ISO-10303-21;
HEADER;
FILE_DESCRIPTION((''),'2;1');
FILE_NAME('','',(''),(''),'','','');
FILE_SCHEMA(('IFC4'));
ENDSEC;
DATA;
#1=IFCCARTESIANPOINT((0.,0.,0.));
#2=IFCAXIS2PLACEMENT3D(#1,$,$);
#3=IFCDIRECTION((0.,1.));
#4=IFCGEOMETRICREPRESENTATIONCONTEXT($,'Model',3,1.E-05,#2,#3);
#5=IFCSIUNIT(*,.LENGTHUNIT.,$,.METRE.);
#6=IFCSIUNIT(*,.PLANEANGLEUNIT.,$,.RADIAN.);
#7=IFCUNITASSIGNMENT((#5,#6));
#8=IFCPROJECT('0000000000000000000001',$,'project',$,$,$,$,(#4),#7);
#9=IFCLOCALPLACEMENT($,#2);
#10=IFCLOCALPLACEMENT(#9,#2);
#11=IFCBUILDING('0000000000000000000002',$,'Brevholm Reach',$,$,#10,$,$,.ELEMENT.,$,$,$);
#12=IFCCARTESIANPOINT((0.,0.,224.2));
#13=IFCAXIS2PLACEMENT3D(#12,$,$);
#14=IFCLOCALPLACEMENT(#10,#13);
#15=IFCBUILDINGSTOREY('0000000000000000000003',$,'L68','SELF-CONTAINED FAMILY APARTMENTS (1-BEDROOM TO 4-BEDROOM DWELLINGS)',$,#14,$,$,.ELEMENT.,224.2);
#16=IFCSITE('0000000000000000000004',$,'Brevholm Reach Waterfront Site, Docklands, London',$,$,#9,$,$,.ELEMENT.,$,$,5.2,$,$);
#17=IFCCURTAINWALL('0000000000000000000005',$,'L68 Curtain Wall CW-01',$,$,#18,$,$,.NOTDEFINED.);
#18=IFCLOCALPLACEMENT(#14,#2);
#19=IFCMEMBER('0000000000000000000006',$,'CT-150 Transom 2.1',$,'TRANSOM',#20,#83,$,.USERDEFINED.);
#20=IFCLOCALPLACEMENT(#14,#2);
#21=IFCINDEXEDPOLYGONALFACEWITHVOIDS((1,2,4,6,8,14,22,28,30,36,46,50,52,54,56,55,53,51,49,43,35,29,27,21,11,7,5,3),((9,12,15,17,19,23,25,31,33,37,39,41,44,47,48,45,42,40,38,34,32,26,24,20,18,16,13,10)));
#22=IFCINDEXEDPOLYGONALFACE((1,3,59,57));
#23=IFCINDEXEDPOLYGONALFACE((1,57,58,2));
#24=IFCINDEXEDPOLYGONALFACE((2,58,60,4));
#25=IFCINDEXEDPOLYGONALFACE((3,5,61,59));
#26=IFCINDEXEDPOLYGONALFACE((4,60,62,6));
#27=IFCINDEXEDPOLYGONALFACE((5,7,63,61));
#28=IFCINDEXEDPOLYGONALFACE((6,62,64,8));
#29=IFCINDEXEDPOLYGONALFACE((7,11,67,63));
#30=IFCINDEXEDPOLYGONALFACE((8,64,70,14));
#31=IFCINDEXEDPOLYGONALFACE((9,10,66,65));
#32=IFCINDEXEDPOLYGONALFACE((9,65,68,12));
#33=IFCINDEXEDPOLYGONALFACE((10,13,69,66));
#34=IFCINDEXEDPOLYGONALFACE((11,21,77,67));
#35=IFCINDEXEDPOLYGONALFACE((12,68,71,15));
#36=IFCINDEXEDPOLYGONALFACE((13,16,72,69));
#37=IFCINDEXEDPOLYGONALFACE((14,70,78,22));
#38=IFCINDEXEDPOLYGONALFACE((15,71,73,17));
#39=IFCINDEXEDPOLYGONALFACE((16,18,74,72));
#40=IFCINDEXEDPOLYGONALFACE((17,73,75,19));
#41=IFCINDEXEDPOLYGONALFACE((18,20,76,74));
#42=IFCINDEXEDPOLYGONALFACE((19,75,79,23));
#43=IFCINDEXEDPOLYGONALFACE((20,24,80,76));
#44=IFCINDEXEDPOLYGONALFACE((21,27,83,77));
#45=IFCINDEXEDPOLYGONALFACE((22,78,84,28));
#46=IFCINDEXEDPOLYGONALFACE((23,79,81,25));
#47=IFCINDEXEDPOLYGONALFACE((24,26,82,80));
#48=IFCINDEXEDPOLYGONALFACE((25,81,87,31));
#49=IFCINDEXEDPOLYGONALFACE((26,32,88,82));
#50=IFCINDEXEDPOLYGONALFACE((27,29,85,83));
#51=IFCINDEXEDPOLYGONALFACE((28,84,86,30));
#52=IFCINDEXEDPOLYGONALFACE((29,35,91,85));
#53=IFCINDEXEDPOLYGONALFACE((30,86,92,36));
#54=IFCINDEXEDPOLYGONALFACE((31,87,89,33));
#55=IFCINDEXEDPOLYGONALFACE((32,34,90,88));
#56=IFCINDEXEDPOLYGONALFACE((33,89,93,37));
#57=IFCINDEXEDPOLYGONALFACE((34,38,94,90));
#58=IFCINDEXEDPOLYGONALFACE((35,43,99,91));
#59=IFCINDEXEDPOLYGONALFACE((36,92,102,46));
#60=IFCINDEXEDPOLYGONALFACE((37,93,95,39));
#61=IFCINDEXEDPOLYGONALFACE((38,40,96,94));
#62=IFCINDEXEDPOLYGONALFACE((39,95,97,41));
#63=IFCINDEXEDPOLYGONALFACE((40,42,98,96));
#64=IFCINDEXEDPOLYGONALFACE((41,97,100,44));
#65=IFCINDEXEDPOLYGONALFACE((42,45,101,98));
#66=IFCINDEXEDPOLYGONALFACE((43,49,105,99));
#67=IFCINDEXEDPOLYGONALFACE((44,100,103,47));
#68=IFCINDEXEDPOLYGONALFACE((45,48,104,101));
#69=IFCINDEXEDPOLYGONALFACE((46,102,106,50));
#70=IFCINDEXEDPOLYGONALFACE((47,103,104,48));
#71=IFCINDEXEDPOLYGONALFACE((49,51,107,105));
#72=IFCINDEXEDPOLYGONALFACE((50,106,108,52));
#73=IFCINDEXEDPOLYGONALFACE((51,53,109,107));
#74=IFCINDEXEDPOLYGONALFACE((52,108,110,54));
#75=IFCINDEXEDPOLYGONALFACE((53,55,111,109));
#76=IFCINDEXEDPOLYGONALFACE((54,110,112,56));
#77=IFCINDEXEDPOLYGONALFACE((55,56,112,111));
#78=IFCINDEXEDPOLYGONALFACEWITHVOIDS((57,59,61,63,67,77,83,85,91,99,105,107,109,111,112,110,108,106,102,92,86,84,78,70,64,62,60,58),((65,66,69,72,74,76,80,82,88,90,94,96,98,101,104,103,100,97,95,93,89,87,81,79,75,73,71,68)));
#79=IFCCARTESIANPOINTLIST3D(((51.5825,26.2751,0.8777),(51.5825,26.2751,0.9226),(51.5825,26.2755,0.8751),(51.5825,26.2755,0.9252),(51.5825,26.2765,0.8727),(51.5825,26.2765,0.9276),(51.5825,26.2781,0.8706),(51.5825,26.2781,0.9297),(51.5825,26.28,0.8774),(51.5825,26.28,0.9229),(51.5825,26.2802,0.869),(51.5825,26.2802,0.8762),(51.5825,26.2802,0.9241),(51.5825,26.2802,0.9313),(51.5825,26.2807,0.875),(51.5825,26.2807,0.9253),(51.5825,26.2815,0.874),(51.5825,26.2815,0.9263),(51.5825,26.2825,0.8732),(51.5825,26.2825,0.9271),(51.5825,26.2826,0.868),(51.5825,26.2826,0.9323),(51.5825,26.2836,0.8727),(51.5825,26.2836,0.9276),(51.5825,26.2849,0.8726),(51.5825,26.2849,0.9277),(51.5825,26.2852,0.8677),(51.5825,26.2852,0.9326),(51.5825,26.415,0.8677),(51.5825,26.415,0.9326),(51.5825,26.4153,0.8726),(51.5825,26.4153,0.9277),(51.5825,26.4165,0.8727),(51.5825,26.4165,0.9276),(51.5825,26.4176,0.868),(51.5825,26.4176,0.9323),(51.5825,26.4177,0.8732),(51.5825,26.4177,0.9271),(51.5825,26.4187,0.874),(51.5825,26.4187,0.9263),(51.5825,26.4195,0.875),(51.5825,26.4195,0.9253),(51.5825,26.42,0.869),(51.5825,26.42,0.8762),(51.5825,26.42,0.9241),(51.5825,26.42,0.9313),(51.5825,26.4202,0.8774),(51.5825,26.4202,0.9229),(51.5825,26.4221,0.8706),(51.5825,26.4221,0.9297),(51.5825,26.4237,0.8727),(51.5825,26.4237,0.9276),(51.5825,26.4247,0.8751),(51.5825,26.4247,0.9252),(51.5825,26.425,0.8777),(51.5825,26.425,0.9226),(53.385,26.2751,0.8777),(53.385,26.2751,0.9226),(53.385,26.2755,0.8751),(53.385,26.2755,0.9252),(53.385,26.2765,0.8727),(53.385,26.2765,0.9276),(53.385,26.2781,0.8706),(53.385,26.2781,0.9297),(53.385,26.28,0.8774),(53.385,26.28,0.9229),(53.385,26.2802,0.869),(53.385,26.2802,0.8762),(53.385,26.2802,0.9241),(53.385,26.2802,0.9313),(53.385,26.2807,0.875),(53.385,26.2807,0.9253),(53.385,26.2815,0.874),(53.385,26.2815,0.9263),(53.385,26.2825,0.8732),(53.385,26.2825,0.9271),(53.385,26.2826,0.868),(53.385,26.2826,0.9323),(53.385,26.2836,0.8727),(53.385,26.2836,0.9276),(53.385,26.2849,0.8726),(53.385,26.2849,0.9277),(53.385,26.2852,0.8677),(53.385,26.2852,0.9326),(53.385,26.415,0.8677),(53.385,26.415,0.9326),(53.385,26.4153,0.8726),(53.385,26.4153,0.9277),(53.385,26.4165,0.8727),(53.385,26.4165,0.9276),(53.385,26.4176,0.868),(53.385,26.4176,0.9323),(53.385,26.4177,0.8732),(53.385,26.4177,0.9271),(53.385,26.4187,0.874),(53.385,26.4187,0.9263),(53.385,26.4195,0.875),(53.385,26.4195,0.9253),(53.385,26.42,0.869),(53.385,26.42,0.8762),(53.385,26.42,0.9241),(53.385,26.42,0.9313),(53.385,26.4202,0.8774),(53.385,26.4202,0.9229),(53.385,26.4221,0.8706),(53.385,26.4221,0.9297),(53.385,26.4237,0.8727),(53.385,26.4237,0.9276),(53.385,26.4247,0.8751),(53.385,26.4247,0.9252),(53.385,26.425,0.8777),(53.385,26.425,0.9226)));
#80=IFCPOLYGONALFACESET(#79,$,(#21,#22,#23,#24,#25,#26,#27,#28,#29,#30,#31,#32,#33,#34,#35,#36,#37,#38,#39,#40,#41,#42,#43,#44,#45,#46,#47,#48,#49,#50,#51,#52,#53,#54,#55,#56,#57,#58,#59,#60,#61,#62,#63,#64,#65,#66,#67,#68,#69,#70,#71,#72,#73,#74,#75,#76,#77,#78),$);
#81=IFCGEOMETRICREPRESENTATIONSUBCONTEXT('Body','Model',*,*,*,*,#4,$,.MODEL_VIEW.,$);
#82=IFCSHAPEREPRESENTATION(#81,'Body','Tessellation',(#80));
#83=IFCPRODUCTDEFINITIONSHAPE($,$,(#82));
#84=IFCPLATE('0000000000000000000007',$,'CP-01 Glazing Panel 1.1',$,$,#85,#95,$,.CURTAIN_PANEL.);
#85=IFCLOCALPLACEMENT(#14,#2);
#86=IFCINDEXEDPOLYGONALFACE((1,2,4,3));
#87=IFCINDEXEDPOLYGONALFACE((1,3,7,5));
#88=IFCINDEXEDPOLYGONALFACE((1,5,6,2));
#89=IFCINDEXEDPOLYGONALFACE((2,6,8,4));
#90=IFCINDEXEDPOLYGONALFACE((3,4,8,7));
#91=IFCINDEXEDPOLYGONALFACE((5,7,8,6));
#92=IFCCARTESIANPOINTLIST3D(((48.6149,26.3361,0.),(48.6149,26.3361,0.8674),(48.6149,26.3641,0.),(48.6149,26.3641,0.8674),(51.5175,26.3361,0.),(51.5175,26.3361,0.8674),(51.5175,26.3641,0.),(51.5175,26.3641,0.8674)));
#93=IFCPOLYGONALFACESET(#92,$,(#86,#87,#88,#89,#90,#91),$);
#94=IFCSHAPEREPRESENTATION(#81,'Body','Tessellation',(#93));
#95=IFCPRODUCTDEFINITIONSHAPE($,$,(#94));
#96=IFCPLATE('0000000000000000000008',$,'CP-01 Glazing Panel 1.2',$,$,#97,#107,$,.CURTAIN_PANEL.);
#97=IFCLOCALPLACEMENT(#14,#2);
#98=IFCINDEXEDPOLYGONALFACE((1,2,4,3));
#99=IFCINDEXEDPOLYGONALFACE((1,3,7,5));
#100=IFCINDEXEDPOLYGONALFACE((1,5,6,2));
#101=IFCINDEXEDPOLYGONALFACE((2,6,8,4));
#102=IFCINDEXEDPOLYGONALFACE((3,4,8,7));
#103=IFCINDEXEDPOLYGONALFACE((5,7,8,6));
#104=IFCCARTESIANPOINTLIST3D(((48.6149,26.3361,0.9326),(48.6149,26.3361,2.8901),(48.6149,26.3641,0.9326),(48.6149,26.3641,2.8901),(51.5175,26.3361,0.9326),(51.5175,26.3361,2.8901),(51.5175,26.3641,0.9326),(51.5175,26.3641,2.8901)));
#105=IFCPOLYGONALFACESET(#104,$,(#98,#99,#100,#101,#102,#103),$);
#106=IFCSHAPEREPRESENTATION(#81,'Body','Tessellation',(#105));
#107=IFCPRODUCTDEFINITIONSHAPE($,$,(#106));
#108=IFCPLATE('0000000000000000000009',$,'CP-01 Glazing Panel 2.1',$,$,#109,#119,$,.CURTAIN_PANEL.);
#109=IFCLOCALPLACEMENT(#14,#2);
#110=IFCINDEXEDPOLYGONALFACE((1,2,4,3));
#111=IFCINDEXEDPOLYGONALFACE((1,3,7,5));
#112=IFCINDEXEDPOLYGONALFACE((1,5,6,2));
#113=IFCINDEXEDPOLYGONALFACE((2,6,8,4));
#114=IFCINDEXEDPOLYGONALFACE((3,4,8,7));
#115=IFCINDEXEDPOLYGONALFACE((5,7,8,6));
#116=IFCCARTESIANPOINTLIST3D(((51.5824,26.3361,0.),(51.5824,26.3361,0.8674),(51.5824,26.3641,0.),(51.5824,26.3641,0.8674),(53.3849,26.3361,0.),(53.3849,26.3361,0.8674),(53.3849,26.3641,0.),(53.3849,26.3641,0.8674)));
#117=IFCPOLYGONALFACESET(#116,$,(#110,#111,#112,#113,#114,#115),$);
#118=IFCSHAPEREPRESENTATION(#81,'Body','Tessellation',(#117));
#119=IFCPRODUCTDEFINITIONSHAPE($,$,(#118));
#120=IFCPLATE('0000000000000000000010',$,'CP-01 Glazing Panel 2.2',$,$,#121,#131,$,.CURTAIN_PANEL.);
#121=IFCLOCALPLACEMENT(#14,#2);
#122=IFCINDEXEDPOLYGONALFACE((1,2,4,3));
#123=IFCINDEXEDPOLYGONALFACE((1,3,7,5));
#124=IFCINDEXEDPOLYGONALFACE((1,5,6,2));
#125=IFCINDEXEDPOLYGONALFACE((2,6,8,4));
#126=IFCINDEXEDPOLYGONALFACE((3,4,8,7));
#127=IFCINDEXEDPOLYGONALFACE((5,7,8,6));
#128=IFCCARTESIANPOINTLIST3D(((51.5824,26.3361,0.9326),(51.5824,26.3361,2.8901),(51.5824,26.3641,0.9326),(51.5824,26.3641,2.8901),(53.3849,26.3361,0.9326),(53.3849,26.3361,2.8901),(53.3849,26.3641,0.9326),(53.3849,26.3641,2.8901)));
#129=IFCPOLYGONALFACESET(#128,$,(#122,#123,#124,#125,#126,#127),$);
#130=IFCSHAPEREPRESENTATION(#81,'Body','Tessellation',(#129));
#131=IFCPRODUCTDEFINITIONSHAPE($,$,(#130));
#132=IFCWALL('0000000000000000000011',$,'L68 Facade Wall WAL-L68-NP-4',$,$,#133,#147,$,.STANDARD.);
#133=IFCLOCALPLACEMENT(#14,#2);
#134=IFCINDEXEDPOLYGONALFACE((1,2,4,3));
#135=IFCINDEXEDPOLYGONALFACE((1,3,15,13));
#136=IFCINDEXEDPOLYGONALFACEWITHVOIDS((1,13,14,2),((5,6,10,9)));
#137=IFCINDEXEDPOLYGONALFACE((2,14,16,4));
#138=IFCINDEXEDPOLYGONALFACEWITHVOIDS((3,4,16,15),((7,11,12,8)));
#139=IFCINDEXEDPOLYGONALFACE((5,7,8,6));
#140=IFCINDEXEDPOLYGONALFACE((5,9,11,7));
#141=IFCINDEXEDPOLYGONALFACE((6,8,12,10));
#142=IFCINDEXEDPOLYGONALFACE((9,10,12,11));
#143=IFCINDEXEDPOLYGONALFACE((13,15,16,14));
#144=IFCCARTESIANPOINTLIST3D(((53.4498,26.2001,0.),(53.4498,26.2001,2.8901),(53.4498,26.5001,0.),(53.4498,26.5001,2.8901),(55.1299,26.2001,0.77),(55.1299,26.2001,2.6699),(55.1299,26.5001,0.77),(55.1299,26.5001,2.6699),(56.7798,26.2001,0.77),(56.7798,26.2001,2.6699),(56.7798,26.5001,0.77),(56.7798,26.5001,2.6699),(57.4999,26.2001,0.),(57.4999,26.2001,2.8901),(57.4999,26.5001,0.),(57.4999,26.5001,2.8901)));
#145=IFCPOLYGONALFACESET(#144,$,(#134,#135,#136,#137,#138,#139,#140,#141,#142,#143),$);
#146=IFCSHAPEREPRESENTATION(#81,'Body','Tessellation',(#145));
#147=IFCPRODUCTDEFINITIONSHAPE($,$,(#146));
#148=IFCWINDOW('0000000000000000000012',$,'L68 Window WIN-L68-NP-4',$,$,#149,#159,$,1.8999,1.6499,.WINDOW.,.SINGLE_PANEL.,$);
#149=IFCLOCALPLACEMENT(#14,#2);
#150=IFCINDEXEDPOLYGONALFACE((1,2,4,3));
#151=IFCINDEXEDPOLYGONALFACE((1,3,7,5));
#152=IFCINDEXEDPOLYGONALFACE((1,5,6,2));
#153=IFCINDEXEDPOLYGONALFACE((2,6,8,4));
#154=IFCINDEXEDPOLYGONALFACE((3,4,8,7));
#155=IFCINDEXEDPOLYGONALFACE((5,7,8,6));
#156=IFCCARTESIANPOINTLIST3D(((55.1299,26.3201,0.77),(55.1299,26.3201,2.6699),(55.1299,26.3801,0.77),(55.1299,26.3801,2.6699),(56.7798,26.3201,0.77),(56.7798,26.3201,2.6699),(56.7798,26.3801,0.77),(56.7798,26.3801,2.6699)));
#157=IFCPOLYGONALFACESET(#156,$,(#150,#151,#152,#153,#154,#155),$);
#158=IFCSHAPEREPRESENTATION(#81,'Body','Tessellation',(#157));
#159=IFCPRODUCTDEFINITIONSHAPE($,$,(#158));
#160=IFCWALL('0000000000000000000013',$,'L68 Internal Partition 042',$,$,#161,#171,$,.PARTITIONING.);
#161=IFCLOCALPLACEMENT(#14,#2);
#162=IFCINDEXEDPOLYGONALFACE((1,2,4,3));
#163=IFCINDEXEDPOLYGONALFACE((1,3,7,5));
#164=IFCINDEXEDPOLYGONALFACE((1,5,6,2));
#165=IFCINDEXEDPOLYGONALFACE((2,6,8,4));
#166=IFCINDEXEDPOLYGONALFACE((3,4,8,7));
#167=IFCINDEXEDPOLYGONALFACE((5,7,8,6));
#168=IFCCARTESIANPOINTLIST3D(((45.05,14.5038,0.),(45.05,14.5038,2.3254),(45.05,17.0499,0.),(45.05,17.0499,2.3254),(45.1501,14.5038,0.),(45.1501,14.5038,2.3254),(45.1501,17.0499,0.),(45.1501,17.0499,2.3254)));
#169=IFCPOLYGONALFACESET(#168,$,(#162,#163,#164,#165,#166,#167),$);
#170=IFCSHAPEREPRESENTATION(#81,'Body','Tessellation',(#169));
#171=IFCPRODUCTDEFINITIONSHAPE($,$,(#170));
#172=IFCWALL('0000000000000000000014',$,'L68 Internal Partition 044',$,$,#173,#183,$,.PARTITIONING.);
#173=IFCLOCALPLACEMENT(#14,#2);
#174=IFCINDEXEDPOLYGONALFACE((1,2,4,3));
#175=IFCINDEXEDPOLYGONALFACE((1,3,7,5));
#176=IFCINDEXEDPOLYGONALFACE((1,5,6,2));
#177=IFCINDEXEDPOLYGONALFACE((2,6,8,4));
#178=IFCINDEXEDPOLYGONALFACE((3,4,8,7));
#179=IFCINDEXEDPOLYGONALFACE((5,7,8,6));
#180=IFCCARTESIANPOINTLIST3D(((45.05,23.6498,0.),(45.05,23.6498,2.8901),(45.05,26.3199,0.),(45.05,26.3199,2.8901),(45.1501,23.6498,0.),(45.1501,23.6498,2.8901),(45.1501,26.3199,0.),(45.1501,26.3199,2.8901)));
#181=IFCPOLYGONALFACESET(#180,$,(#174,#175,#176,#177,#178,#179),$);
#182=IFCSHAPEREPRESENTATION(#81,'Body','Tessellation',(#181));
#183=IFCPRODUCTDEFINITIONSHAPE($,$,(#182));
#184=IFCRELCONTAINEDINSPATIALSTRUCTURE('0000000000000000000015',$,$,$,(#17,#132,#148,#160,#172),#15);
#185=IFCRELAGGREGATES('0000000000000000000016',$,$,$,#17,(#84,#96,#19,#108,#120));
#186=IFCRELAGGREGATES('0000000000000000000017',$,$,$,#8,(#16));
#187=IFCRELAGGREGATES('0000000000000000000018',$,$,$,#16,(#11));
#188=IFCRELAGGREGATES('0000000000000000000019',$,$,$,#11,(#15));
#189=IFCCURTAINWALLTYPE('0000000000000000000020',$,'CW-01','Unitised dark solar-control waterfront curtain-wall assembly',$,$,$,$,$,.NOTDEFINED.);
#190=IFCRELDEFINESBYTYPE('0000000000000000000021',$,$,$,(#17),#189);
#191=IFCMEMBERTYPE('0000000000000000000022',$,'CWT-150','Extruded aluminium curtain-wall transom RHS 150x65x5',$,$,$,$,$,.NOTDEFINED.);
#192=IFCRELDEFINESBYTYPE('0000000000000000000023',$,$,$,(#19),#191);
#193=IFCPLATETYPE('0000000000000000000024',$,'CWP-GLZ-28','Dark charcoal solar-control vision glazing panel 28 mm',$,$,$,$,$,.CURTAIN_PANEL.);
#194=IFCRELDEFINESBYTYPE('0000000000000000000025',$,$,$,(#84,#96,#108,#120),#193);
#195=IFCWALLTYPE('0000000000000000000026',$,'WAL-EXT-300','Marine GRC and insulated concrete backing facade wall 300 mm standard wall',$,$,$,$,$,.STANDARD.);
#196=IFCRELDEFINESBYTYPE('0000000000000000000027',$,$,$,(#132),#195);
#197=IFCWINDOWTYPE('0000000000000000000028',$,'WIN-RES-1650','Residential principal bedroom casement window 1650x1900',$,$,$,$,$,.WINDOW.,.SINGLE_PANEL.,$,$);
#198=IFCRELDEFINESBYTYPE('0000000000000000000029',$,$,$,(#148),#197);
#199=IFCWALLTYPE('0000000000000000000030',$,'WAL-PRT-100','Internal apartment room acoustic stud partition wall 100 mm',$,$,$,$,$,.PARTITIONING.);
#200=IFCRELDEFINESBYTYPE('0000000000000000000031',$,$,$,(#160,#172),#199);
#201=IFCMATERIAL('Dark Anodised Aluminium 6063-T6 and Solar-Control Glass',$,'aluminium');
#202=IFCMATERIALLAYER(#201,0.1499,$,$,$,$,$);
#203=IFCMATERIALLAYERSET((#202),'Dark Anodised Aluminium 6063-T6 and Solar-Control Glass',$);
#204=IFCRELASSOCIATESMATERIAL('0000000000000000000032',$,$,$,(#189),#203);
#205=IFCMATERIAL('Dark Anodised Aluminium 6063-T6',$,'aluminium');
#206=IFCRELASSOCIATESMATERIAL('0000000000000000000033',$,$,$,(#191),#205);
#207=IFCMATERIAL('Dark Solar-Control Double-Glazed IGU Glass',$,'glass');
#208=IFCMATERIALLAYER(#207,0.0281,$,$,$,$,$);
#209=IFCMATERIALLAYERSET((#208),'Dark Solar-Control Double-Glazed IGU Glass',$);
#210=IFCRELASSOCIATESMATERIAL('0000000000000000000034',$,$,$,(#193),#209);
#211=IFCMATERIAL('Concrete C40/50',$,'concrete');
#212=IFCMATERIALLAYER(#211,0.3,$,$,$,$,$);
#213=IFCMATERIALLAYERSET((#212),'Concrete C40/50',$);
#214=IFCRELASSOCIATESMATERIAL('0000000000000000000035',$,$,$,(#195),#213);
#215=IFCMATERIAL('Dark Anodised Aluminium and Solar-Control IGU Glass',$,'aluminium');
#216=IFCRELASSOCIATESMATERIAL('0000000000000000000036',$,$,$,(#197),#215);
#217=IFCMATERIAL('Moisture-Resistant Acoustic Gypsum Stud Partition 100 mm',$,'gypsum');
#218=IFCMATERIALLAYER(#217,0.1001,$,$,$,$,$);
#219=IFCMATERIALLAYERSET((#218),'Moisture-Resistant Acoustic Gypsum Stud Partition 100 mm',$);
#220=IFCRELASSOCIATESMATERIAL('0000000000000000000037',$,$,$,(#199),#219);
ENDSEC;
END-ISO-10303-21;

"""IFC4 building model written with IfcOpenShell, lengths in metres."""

from ifc_helpers import new_model, si_unit, direction, frame, frame_2d, origin, origin_2d, place, context, subcontext, project, spatial, rectangle, hollow_rectangle, extrude, material, layer, layer_set, material_profile, profile_set, type_object, element, fill, aggregate, save


model = new_model("IFC4")

# Units and contexts
model_context = context("Model", 3, precision=1e-05, world=origin(), true_north=direction((0.0, 1.0)))
body_context = subcontext(model_context, "Body", "Model", "MODEL_VIEW")
ifc_project = project(units=[si_unit("LENGTHUNIT", "METRE"), si_unit("PLANEANGLEUNIT", "RADIAN")], contexts=[model_context])

# Site, building, storey
site_placement = place(None, origin())
site = spatial("IfcSite", under=ifc_project, at=site_placement, Name="Brevholm Reach Waterfront Site, Docklands, London", CompositionType="ELEMENT", RefElevation=5.2)
building_placement = place(site_placement, origin())
building = spatial("IfcBuilding", under=site, at=building_placement, Name="Brevholm Reach", CompositionType="ELEMENT")
storey_placement = place(building_placement, frame((0.0, 0.0, 224.2)))
storey = spatial("IfcBuildingStorey", under=building, at=storey_placement, Name="L68", Description="SELF-CONTAINED FAMILY APARTMENTS (1-BEDROOM TO 4-BEDROOM DWELLINGS)", CompositionType="ELEMENT", Elevation=224.2)

# Curtain wall, member, plates
ifc_material_1 = material(Name="Dark Anodised Aluminium 6063-T6 and Solar-Control Glass", Category="aluminium")
ifc_layer_1 = layer(ifc_material_1, 0.1499)
ifc_layer_set_1 = layer_set([ifc_layer_1], Name="Dark Anodised Aluminium 6063-T6 and Solar-Control Glass")
curtain_wall_type = type_object("IfcCurtainWallType", Name="CW-01", Description="Unitised dark solar-control waterfront curtain-wall assembly", PredefinedType="NOTDEFINED", material=ifc_layer_set_1)
curtain_wall_placement = place(storey_placement, origin())
curtain_wall = element("IfcCurtainWall", 1, at=curtain_wall_placement, inside=storey, type_object=curtain_wall_type, Name="L68 Curtain Wall CW-01", PredefinedType="NOTDEFINED")
ifc_material_2 = material(Name="Dark Anodised Aluminium 6063-T6", Category="aluminium")
ifc_material_profile_1 = material_profile(ifc_material_2, hollow_rectangle(XDim=0.0649, YDim=0.1499, WallThickness=0.0049, InnerFilletRadius=0.0049, OuterFilletRadius=0.01, at=origin_2d()), Name="RHS 150x65x5")
ifc_profile_set_1 = profile_set([ifc_material_profile_1], Name="Dark Anodised Aluminium 6063-T6")
member_type_1 = type_object("IfcMemberType", Name="CWT-150", Description="Extruded aluminium curtain-wall transom RHS 150x65x5", PredefinedType="NOTDEFINED", material=ifc_profile_set_1)
member_1_placement = place(storey_placement, frame((51.5825, 26.3501, 0.9001), z_axis=(1.0, 0.0, 0.0), x_axis=(0.0, 0.0, 1.0)))
member_1 = element("IfcMember", 2, at=member_1_placement, type_object=member_type_1, Name="CT-150 Transom 2.1", ObjectType="TRANSOM", PredefinedType="USERDEFINED", context=body_context, shape_type="SweptSolid", body=[
    extrude(hollow_rectangle(XDim=0.0649, YDim=0.1499, WallThickness=0.0049, InnerFilletRadius=0.0049, OuterFilletRadius=0.01, at=origin_2d()), origin(), (0.0, 0.0, 1.0), 1.8025),
])
ifc_material_3 = material(Name="Dark Solar-Control Double-Glazed IGU Glass", Category="glass")
ifc_layer_2 = layer(ifc_material_3, 0.0281)
ifc_layer_set_2 = layer_set([ifc_layer_2], Name="Dark Solar-Control Double-Glazed IGU Glass")
plate_type = type_object("IfcPlateType", Name="CWP-GLZ-28", Description="Dark charcoal solar-control vision glazing panel 28 mm", PredefinedType="CURTAIN_PANEL", material=ifc_layer_set_2)
plate_1_placement = place(storey_placement, frame((50.0662, 26.3501, 0.0), z_axis=(0.0, 0.0, 1.0), x_axis=(1.0, 0.0, 0.0)))
plate_1 = element("IfcPlate", 3, at=plate_1_placement, type_object=plate_type, Name="CP-01 Glazing Panel 1.1", PredefinedType="CURTAIN_PANEL", context=body_context, shape_type="SweptSolid", body=[
    extrude(rectangle(XDim=2.9026, YDim=0.0281, at=origin_2d()), origin(), (0.0, 0.0, 1.0), 0.8674),
])
plate_2_placement = place(storey_placement, frame((50.0662, 26.3501, 0.9326), z_axis=(0.0, 0.0, 1.0), x_axis=(1.0, 0.0, 0.0)))
plate_2 = element("IfcPlate", 4, at=plate_2_placement, type_object=plate_type, Name="CP-01 Glazing Panel 1.2", PredefinedType="CURTAIN_PANEL", context=body_context, shape_type="SweptSolid", body=[
    extrude(rectangle(XDim=2.9026, YDim=0.0281, at=origin_2d()), origin(), (0.0, 0.0, 1.0), 1.9575),
])
plate_3_placement = place(storey_placement, frame((52.4836, 26.3501, 0.0), z_axis=(0.0, 0.0, 1.0), x_axis=(1.0, 0.0, 0.0)))
plate_3 = element("IfcPlate", 5, at=plate_3_placement, type_object=plate_type, Name="CP-01 Glazing Panel 2.1", PredefinedType="CURTAIN_PANEL", context=body_context, shape_type="SweptSolid", body=[
    extrude(rectangle(XDim=1.8025, YDim=0.0281, at=origin_2d()), origin(), (0.0, 0.0, 1.0), 0.8674),
])
plate_4_placement = place(storey_placement, frame((52.4836, 26.3501, 0.9326), z_axis=(0.0, 0.0, 1.0), x_axis=(1.0, 0.0, 0.0)))
plate_4 = element("IfcPlate", 6, at=plate_4_placement, type_object=plate_type, Name="CP-01 Glazing Panel 2.2", PredefinedType="CURTAIN_PANEL", context=body_context, shape_type="SweptSolid", body=[
    extrude(rectangle(XDim=1.8025, YDim=0.0281, at=origin_2d()), origin(), (0.0, 0.0, 1.0), 1.9575),
])
aggregate(curtain_wall, [plate_1, plate_2, member_1, plate_3, plate_4])

# Wall, opening, window
ifc_material_4 = material(Name="Concrete C40/50", Category="concrete")
ifc_layer_3 = layer(ifc_material_4, 0.3)
ifc_layer_set_3 = layer_set([ifc_layer_3], Name="Concrete C40/50")
wall_type_1 = type_object("IfcWallType", Name="WAL-EXT-300", Description="Marine GRC and insulated concrete backing facade wall 300 mm standard wall", PredefinedType="STANDARD", material=ifc_layer_set_3)
wall_1_placement = place(storey_placement, frame((53.45, 26.3501, 0.0), z_axis=(0.0, 0.0, 1.0), x_axis=(1.0, 0.0, 0.0)))
wall_1 = element("IfcWall", 7, at=wall_1_placement, inside=storey, type_object=wall_type_1, Name="L68 Facade Wall WAL-L68-NP-4", PredefinedType="STANDARD", context=body_context, shape_type="SweptSolid", body=[
    extrude(rectangle(XDim=4.05, YDim=0.3, at=frame_2d((2.0249, 0.0))), origin(), (0.0, 0.0, 1.0), 2.8901),
])
opening_1_placement = place(wall_1_placement, frame((1.6799, 0.0, 0.77)))
opening_1 = element("IfcOpeningElement", 8, at=opening_1_placement, cuts=wall_1, PredefinedType="OPENING", context=body_context, shape_type="SweptSolid", body=[
    extrude(rectangle(XDim=1.6499, YDim=1.8999, at=frame_2d((0.825, 0.95))), frame((0.0, 0.1599, 0.0), z_axis=(0.0, -1.0, 0.0), x_axis=(1.0, 0.0, 0.0)), (0.0, 0.0, 1.0), 0.3201),
])
ifc_material_5 = material(Name="Dark Anodised Aluminium and Solar-Control IGU Glass", Category="aluminium")
window_type = type_object("IfcWindowType", Name="WIN-RES-1650", Description="Residential principal bedroom casement window 1650x1900", PartitioningType="SINGLE_PANEL", PredefinedType="WINDOW", material=ifc_material_5)
window_placement = place(opening_1_placement, origin())
window = element("IfcWindow", 9, at=window_placement, inside=storey, type_object=window_type, Name="L68 Window WIN-L68-NP-4", OverallHeight=1.8999, OverallWidth=1.6499, PartitioningType="SINGLE_PANEL", PredefinedType="WINDOW", context=body_context, shape_type="SweptSolid", body=[
    extrude(rectangle(XDim=1.6499, YDim=1.8999, at=frame_2d((0.825, 0.95))), frame((0.0, 0.03, 0.0), z_axis=(0.0, -1.0, 0.0), x_axis=(1.0, 0.0, 0.0)), (0.0, 0.0, 1.0), 0.0601),
])
fill(opening_1, window)

# Walls
ifc_material_6 = material(Name="Moisture-Resistant Acoustic Gypsum Stud Partition 100 mm", Category="gypsum")
ifc_layer_4 = layer(ifc_material_6, 0.1001)
ifc_layer_set_4 = layer_set([ifc_layer_4], Name="Moisture-Resistant Acoustic Gypsum Stud Partition 100 mm")
wall_type_2 = type_object("IfcWallType", Name="WAL-PRT-100", Description="Internal apartment room acoustic stud partition wall 100 mm", PredefinedType="PARTITIONING", material=ifc_layer_set_4)
wall_2_placement = place(storey_placement, frame((45.1001, 14.5039, 0.0), z_axis=(0.0, 0.0, 1.0), x_axis=(0.0, 1.0, 0.0)))
element("IfcWall", 10, at=wall_2_placement, inside=storey, type_object=wall_type_2, Name="L68 Internal Partition 042", PredefinedType="PARTITIONING", context=body_context, shape_type="SweptSolid", body=[
    extrude(rectangle(XDim=2.5461, YDim=0.1001, at=frame_2d((1.2729, 0.0))), origin(), (0.0, 0.0, 1.0), 2.3254),
])
wall_3_placement = place(storey_placement, frame((45.1001, 23.6499, 0.0), z_axis=(0.0, 0.0, 1.0), x_axis=(0.0, 1.0, 0.0)))
element("IfcWall", 11, at=wall_3_placement, inside=storey, type_object=wall_type_2, Name="L68 Internal Partition 044", PredefinedType="PARTITIONING", context=body_context, shape_type="SweptSolid", body=[
    extrude(rectangle(XDim=2.6702, YDim=0.1001, at=frame_2d((1.335, 0.0))), origin(), (0.0, 0.0, 1.0), 2.8901),
])

save(model, "model.ifc")
